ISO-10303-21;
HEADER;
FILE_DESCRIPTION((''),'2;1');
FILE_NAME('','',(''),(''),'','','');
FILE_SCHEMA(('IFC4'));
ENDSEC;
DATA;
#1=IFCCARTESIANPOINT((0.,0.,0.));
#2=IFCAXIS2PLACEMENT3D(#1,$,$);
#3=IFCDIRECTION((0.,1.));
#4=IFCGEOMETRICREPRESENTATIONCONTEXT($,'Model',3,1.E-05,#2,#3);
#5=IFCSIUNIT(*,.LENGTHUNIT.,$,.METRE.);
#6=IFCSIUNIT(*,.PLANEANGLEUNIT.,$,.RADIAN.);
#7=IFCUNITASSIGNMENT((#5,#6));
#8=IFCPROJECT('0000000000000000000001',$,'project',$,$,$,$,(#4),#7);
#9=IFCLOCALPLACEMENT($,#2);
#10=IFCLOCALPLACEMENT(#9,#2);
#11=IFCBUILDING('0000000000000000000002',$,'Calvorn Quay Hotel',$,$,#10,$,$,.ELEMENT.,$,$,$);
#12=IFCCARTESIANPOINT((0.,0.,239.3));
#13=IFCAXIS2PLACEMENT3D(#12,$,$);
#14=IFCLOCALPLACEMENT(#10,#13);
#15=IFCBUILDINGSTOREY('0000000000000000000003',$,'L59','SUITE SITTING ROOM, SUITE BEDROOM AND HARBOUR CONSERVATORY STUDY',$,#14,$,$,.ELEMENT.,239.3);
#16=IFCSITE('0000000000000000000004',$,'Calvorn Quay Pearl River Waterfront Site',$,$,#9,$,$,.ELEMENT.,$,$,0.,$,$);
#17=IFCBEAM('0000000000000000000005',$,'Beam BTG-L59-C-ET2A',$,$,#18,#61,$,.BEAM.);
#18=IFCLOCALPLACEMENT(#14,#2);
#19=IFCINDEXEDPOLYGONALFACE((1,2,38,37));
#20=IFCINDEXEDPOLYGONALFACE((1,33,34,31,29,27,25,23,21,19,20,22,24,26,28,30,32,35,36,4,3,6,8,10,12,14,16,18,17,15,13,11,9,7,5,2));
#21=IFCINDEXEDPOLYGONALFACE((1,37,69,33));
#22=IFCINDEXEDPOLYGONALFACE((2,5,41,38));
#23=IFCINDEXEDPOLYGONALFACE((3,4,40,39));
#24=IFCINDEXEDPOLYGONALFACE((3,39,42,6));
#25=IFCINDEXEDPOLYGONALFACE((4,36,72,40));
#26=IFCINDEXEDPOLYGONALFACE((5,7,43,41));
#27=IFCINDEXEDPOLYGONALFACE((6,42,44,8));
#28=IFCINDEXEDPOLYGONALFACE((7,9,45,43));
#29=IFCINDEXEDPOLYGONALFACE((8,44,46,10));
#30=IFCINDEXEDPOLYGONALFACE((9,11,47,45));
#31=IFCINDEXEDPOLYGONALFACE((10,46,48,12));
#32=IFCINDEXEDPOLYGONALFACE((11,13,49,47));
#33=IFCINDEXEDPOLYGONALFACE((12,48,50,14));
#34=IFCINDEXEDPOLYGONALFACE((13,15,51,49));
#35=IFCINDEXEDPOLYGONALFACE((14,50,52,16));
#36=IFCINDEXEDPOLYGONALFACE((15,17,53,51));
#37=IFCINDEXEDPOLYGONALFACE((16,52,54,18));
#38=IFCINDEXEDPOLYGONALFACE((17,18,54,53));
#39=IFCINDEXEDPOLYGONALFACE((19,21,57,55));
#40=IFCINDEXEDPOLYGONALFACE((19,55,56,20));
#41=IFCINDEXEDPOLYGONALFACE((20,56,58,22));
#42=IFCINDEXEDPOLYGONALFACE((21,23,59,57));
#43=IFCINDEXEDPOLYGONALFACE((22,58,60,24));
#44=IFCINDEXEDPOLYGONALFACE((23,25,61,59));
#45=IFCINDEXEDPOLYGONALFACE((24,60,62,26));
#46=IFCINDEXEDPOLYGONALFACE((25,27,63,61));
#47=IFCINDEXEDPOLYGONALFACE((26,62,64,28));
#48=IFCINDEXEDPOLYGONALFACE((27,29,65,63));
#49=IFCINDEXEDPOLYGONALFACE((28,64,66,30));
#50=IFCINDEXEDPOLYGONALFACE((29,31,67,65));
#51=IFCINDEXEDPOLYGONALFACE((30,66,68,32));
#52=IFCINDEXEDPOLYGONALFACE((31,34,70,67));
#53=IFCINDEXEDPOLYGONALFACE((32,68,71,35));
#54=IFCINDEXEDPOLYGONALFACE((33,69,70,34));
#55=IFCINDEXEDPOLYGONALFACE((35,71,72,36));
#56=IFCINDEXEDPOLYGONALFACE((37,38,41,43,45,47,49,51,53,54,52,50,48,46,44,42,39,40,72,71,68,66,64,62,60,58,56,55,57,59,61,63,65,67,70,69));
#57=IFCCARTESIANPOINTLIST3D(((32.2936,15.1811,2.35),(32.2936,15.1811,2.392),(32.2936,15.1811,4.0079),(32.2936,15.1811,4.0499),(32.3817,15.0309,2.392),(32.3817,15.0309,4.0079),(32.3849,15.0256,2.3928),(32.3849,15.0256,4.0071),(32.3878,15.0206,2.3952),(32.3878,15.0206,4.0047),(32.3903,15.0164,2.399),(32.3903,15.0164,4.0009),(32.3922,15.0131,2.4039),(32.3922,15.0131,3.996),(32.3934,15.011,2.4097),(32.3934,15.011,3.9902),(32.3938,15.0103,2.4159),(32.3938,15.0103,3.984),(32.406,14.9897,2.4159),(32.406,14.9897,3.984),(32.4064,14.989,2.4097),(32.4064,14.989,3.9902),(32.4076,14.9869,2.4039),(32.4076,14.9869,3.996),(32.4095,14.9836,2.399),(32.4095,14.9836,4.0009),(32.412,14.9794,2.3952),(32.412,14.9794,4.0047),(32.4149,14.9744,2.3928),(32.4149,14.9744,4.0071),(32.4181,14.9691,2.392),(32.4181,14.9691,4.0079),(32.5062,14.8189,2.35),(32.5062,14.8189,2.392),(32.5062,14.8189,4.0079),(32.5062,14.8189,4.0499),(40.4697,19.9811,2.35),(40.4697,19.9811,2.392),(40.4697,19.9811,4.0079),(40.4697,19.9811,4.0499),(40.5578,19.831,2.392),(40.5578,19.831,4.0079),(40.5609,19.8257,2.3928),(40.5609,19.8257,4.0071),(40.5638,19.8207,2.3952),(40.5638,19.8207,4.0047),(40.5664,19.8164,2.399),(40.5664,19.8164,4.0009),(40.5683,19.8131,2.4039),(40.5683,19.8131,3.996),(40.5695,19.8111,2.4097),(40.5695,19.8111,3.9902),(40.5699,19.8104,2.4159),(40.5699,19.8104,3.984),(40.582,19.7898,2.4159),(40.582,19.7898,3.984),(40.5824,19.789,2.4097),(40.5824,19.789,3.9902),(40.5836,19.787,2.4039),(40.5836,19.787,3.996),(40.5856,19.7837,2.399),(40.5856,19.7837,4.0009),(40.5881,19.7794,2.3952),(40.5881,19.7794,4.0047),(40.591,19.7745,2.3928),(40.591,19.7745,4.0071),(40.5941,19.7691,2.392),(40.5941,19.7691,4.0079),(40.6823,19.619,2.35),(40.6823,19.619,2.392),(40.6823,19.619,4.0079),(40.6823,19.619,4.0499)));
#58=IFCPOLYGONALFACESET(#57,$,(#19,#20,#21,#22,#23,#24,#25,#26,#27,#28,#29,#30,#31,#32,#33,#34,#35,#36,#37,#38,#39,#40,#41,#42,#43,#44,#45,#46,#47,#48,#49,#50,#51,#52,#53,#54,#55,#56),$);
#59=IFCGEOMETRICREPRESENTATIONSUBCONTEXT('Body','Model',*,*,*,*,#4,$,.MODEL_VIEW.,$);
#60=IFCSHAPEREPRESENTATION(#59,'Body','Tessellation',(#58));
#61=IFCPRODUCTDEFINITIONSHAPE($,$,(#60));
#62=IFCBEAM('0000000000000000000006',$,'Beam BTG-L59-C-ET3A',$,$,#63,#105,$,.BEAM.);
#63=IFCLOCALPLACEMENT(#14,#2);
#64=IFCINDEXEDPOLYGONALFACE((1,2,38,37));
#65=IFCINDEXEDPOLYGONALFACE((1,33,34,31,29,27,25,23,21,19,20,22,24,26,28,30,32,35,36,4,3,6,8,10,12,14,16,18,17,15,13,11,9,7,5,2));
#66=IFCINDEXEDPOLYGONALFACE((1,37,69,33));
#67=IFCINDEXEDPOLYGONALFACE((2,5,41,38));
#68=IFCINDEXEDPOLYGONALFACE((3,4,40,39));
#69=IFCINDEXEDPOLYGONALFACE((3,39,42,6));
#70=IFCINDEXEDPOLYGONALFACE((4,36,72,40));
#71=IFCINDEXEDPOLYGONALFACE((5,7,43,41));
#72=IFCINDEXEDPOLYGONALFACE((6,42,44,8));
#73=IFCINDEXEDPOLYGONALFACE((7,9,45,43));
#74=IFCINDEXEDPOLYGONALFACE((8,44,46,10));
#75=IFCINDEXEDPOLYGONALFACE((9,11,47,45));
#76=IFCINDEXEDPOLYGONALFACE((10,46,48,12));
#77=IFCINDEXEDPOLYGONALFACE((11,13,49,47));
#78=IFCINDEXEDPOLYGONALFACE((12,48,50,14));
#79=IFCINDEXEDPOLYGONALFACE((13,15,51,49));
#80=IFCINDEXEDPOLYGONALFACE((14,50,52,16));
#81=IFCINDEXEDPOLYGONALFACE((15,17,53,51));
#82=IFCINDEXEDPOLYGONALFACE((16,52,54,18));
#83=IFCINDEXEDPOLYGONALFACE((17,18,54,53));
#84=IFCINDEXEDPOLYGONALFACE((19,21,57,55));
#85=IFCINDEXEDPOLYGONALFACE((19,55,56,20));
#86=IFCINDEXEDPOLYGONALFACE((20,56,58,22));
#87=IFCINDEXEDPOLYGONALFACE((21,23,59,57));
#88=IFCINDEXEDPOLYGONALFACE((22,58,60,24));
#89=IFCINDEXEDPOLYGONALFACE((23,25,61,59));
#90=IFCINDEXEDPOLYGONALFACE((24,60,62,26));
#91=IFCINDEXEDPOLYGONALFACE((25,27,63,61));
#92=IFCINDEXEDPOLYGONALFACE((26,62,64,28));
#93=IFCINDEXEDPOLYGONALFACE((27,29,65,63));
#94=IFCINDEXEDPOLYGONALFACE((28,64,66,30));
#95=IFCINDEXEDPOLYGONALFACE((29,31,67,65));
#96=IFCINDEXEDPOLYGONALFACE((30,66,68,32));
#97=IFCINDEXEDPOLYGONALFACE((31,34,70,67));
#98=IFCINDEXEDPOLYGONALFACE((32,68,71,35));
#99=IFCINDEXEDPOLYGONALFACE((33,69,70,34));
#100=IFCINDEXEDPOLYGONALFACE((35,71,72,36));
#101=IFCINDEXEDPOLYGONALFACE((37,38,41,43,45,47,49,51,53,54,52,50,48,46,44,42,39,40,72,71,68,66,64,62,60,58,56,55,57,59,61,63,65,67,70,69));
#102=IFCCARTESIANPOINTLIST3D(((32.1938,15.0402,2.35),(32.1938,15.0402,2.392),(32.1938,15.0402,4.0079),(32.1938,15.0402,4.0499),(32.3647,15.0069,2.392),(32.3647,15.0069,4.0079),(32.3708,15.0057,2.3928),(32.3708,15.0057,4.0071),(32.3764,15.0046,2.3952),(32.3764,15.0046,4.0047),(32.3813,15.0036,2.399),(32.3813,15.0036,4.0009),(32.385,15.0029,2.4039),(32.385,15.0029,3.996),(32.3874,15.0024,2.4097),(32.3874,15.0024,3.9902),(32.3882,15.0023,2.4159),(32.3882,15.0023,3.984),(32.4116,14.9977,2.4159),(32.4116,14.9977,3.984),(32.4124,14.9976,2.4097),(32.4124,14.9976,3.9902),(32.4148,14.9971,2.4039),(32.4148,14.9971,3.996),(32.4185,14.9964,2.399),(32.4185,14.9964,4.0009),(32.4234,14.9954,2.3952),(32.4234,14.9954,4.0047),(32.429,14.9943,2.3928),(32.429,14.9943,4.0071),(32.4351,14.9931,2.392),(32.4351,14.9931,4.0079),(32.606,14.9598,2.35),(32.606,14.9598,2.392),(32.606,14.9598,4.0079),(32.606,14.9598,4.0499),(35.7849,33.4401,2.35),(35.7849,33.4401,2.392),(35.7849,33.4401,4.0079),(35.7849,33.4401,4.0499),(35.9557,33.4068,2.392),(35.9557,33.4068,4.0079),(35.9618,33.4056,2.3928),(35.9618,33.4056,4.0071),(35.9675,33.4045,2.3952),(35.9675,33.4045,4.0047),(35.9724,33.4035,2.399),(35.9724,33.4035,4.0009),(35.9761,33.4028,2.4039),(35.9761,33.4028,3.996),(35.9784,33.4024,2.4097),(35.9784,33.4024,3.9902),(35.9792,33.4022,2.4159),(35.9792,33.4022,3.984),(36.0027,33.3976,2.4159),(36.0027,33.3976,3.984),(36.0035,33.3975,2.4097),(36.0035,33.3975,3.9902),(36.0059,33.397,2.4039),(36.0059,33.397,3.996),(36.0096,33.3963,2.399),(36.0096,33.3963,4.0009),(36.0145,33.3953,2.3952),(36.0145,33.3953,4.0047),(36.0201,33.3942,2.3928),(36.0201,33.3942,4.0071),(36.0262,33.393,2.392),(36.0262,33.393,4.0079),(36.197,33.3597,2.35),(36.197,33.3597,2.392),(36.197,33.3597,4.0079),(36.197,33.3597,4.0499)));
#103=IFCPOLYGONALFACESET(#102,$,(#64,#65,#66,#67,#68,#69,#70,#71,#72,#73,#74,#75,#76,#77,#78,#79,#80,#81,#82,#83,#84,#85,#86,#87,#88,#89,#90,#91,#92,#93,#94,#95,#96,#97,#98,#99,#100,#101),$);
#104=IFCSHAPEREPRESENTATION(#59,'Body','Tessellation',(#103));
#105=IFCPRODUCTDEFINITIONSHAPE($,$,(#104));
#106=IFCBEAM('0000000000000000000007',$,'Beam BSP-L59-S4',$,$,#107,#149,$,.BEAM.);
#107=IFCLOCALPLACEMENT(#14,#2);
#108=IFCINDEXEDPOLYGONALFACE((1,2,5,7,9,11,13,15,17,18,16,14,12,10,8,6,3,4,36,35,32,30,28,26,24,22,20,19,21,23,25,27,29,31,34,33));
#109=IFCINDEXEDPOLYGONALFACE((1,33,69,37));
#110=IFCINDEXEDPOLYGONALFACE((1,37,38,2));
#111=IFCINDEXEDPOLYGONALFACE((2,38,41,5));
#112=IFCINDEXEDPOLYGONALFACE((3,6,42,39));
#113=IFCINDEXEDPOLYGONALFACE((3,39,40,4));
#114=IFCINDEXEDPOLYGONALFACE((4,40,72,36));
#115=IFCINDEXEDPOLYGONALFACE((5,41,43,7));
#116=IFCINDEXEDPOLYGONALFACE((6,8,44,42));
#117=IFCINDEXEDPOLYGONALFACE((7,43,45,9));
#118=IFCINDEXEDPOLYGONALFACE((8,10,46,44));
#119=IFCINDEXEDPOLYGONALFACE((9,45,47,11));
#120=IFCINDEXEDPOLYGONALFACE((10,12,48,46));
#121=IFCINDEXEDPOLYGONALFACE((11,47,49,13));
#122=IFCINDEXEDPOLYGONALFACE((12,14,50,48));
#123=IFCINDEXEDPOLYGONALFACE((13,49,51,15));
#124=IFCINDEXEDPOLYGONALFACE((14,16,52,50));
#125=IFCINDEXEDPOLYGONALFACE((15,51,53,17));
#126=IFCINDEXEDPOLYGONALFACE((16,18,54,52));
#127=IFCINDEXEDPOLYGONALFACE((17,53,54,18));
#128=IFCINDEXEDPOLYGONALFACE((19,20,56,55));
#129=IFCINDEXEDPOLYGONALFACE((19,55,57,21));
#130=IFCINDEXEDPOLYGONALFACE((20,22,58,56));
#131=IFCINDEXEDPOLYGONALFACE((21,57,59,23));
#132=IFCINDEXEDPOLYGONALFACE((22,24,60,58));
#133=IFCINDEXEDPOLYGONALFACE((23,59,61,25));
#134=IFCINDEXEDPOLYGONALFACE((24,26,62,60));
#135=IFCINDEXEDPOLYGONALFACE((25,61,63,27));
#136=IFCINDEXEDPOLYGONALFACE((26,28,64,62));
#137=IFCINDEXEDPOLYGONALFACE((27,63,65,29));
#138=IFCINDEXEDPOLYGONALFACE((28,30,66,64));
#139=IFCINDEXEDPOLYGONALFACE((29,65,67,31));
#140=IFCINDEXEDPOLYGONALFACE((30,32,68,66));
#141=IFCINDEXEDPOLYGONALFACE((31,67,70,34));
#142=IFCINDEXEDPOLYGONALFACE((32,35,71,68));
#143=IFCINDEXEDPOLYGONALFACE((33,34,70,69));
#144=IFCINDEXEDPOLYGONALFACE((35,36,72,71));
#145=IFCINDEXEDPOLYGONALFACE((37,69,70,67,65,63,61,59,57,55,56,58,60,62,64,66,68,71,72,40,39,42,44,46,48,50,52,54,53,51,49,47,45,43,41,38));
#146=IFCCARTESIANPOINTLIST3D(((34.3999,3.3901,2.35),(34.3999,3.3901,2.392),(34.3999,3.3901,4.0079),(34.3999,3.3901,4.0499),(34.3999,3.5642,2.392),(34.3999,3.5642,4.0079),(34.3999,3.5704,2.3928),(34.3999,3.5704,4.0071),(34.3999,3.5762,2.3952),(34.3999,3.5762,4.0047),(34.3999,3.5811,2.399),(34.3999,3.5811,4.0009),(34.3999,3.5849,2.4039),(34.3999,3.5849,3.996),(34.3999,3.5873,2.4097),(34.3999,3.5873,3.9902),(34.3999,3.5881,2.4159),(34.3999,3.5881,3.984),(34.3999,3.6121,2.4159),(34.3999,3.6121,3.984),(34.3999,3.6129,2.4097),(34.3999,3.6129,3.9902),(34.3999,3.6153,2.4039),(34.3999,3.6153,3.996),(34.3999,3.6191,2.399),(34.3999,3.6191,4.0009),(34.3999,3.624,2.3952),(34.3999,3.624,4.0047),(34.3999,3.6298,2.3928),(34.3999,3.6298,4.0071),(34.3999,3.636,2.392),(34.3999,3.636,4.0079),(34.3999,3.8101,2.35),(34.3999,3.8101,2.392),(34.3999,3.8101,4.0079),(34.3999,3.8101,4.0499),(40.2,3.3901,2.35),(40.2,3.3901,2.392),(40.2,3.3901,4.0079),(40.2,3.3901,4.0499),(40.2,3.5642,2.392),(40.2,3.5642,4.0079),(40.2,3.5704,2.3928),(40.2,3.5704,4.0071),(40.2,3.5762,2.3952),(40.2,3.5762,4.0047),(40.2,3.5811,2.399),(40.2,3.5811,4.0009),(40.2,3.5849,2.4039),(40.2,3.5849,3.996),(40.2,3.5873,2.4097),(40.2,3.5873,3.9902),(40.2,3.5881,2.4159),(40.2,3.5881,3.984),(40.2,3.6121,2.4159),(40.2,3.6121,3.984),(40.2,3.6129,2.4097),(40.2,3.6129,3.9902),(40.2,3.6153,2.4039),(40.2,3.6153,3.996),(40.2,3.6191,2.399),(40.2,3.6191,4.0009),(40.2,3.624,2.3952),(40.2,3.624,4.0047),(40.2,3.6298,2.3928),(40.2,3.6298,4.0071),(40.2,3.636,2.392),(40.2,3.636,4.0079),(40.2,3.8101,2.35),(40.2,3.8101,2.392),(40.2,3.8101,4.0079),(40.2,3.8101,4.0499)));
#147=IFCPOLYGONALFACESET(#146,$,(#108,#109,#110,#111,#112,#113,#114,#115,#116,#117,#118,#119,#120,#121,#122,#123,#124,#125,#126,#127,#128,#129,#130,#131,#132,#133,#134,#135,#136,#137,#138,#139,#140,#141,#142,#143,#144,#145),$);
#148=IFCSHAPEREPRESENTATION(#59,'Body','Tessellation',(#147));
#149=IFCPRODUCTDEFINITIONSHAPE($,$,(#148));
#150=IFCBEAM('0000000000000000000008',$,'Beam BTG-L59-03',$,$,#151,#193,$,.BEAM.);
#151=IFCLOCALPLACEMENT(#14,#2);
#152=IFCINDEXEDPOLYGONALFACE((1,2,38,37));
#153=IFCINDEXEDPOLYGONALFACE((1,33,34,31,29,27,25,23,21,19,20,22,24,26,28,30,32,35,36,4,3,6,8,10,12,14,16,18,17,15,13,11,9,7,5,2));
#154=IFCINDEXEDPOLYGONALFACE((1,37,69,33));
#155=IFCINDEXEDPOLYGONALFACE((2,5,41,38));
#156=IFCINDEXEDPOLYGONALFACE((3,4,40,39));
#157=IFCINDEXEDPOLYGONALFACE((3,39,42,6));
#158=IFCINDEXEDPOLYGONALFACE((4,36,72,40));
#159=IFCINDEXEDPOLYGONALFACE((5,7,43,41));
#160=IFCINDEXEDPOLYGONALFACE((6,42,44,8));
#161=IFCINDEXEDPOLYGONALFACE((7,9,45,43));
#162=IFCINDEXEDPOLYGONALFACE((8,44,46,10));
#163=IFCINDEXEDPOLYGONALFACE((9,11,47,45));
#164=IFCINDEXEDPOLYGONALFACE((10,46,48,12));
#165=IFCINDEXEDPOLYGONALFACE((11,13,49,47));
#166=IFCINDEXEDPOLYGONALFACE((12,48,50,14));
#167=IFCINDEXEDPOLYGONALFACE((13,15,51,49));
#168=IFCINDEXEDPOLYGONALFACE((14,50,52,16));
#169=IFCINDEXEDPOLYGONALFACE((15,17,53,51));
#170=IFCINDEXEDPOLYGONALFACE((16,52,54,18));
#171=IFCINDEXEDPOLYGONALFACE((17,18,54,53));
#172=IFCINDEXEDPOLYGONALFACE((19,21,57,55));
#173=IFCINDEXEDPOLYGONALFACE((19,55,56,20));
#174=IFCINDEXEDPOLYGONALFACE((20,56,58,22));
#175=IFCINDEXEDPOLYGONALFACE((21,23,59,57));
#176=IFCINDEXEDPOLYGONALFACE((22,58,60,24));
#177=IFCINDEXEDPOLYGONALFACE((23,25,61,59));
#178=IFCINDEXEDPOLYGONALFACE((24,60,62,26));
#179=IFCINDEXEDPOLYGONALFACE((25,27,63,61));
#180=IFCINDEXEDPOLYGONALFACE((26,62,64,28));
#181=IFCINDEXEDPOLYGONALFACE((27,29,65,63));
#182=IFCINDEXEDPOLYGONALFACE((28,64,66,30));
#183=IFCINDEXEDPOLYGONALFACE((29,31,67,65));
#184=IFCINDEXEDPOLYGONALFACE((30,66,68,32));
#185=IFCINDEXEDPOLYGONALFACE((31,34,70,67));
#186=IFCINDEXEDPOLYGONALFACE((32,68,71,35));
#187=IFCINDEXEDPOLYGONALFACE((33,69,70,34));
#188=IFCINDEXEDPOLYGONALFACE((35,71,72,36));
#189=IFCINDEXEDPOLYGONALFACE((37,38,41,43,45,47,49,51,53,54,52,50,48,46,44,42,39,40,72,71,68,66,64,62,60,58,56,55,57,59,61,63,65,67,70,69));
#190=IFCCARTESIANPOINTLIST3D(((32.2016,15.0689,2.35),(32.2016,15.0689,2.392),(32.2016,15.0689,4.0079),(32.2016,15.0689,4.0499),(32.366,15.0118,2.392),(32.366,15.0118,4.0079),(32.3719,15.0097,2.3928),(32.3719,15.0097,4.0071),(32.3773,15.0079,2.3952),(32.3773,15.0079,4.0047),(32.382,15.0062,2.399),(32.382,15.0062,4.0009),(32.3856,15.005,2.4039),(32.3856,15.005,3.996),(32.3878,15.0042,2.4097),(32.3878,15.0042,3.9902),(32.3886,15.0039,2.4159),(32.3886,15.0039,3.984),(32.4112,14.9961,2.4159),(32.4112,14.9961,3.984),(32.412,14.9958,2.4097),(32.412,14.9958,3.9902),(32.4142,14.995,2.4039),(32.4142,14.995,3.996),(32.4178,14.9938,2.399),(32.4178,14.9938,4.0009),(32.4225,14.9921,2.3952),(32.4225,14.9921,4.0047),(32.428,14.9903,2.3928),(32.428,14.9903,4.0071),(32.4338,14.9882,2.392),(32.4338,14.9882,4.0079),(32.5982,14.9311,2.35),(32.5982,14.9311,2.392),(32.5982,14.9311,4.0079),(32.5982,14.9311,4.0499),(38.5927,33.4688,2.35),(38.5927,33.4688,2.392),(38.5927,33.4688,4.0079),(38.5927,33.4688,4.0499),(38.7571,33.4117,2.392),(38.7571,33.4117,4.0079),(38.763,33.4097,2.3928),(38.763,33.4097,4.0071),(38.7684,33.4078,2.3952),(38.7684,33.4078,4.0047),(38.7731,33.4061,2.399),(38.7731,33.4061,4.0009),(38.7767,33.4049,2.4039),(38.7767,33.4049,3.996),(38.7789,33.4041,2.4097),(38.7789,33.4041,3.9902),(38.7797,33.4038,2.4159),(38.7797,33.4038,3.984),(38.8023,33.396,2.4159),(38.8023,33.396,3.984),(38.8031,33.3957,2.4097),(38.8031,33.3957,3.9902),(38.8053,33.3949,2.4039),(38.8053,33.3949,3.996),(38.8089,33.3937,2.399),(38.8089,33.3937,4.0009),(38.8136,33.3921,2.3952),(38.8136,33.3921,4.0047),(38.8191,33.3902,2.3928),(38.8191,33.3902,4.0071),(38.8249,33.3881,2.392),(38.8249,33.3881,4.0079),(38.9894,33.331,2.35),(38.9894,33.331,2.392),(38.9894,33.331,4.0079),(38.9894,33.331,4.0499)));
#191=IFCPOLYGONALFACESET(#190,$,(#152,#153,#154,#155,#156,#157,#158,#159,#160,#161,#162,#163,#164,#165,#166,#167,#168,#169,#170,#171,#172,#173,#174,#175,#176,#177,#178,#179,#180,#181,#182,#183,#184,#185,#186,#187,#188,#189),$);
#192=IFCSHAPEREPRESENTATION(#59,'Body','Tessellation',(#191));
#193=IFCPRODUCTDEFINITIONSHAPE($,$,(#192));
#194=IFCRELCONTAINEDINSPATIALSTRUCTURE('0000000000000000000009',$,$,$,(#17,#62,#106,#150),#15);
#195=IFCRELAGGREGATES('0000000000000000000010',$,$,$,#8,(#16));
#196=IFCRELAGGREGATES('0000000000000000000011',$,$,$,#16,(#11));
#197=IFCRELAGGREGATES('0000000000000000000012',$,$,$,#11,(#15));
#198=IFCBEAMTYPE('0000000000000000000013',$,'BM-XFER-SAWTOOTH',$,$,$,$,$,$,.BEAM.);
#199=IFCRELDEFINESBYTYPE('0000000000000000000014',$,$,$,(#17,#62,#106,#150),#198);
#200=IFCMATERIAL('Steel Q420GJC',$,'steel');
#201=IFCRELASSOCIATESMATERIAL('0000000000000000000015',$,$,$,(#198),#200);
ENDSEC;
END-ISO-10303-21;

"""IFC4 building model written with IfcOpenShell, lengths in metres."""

from ifc_helpers import new_model, si_unit, direction, frame, origin, origin_2d, place, context, subcontext, project, spatial, i_section, extrude, material, material_profile, profile_set, type_object, element, save


model = new_model("IFC4")

# Units and contexts
model_context = context("Model", 3, precision=1e-05, world=origin(), true_north=direction((0.0, 1.0)))
body_context = subcontext(model_context, "Body", "Model", "MODEL_VIEW")
ifc_project = project(units=[si_unit("LENGTHUNIT", "METRE"), si_unit("PLANEANGLEUNIT", "RADIAN")], contexts=[model_context])

# Site, building, storey
site_placement = place(None, origin())
site = spatial("IfcSite", under=ifc_project, at=site_placement, Name="Calvorn Quay Pearl River Waterfront Site", CompositionType="ELEMENT", RefElevation=0.0)
building_placement = place(site_placement, origin())
building = spatial("IfcBuilding", under=site, at=building_placement, Name="Calvorn Quay Hotel", CompositionType="ELEMENT")
storey_placement = place(building_placement, frame((0.0, 0.0, 239.3)))
storey = spatial("IfcBuildingStorey", under=building, at=storey_placement, Name="L59", Description="SUITE SITTING ROOM, SUITE BEDROOM AND HARBOUR CONSERVATORY STUDY", CompositionType="ELEMENT", Elevation=239.3)

# Beams
ifc_material_1 = material(Name="Steel Q420GJC", Category="steel")
ifc_material_profile_1 = material_profile(ifc_material_1, i_section(OverallWidth=0.4199, OverallDepth=1.7, WebThickness=0.0239, FlangeThickness=0.042, FilletRadius=0.0239, at=origin_2d()), Name="HN1700x420x24x42")
ifc_profile_set_1 = profile_set([ifc_material_profile_1], Name="Steel Q420GJC")
beam_type_1 = type_object("IfcBeamType", Name="BM-XFER-SAWTOOTH", PredefinedType="BEAM", material=ifc_profile_set_1)
beam_1_placement = place(storey_placement, frame((32.3999, 15.0, 3.2), z_axis=(0.862366, 0.506285, 0.0), x_axis=(-0.506285, 0.862366, 0.0)))
element("IfcBeam", 1, at=beam_1_placement, inside=storey, type_object=beam_type_1, Name="Beam BTG-L59-C-ET2A", PredefinedType="BEAM", context=body_context, shape_type="SweptSolid", body=[
    extrude(i_section(OverallWidth=0.4199, OverallDepth=1.7, WebThickness=0.0239, FlangeThickness=0.042, FilletRadius=0.0239, at=origin_2d()), origin(), (0.0, 0.0, 1.0), 9.481),
])
beam_2_placement = place(storey_placement, frame((32.3999, 15.0, 3.2), z_axis=(0.191554, 0.981482, 0.0), x_axis=(-0.981482, 0.191554, 0.0)))
element("IfcBeam", 2, at=beam_2_placement, inside=storey, type_object=beam_type_1, Name="Beam BTG-L59-C-ET3A", PredefinedType="BEAM", context=body_context, shape_type="SweptSolid", body=[
    extrude(i_section(OverallWidth=0.4199, OverallDepth=1.7, WebThickness=0.0239, FlangeThickness=0.042, FilletRadius=0.0239, at=origin_2d()), origin(), (0.0, 0.0, 1.0), 18.7471),
])
beam_3_placement = place(storey_placement, frame((34.3999, 3.6001, 3.2), z_axis=(1.0, 0.0, 0.0), x_axis=(0.0, 1.0, 0.0)))
element("IfcBeam", 3, at=beam_3_placement, inside=storey, type_object=beam_type_1, Name="Beam BSP-L59-S4", PredefinedType="BEAM", context=body_context, shape_type="SweptSolid", body=[
    extrude(i_section(OverallWidth=0.4199, OverallDepth=1.7, WebThickness=0.0239, FlangeThickness=0.042, FilletRadius=0.0239, at=origin_2d()), origin(), (0.0, 0.0, 1.0), 5.8),
])
beam_4_placement = place(storey_placement, frame((32.3999, 15.0, 3.2), z_axis=(0.328115, 0.944638, 0.0), x_axis=(-0.944638, 0.328115, 0.0)))
element("IfcBeam", 4, at=beam_4_placement, inside=storey, type_object=beam_type_1, Name="Beam BTG-L59-03", PredefinedType="BEAM", context=body_context, shape_type="SweptSolid", body=[
    extrude(i_section(OverallWidth=0.4199, OverallDepth=1.7, WebThickness=0.0239, FlangeThickness=0.042, FilletRadius=0.0239, at=origin_2d()), origin(), (0.0, 0.0, 1.0), 19.4783),
])

save(model, "model.ifc")
